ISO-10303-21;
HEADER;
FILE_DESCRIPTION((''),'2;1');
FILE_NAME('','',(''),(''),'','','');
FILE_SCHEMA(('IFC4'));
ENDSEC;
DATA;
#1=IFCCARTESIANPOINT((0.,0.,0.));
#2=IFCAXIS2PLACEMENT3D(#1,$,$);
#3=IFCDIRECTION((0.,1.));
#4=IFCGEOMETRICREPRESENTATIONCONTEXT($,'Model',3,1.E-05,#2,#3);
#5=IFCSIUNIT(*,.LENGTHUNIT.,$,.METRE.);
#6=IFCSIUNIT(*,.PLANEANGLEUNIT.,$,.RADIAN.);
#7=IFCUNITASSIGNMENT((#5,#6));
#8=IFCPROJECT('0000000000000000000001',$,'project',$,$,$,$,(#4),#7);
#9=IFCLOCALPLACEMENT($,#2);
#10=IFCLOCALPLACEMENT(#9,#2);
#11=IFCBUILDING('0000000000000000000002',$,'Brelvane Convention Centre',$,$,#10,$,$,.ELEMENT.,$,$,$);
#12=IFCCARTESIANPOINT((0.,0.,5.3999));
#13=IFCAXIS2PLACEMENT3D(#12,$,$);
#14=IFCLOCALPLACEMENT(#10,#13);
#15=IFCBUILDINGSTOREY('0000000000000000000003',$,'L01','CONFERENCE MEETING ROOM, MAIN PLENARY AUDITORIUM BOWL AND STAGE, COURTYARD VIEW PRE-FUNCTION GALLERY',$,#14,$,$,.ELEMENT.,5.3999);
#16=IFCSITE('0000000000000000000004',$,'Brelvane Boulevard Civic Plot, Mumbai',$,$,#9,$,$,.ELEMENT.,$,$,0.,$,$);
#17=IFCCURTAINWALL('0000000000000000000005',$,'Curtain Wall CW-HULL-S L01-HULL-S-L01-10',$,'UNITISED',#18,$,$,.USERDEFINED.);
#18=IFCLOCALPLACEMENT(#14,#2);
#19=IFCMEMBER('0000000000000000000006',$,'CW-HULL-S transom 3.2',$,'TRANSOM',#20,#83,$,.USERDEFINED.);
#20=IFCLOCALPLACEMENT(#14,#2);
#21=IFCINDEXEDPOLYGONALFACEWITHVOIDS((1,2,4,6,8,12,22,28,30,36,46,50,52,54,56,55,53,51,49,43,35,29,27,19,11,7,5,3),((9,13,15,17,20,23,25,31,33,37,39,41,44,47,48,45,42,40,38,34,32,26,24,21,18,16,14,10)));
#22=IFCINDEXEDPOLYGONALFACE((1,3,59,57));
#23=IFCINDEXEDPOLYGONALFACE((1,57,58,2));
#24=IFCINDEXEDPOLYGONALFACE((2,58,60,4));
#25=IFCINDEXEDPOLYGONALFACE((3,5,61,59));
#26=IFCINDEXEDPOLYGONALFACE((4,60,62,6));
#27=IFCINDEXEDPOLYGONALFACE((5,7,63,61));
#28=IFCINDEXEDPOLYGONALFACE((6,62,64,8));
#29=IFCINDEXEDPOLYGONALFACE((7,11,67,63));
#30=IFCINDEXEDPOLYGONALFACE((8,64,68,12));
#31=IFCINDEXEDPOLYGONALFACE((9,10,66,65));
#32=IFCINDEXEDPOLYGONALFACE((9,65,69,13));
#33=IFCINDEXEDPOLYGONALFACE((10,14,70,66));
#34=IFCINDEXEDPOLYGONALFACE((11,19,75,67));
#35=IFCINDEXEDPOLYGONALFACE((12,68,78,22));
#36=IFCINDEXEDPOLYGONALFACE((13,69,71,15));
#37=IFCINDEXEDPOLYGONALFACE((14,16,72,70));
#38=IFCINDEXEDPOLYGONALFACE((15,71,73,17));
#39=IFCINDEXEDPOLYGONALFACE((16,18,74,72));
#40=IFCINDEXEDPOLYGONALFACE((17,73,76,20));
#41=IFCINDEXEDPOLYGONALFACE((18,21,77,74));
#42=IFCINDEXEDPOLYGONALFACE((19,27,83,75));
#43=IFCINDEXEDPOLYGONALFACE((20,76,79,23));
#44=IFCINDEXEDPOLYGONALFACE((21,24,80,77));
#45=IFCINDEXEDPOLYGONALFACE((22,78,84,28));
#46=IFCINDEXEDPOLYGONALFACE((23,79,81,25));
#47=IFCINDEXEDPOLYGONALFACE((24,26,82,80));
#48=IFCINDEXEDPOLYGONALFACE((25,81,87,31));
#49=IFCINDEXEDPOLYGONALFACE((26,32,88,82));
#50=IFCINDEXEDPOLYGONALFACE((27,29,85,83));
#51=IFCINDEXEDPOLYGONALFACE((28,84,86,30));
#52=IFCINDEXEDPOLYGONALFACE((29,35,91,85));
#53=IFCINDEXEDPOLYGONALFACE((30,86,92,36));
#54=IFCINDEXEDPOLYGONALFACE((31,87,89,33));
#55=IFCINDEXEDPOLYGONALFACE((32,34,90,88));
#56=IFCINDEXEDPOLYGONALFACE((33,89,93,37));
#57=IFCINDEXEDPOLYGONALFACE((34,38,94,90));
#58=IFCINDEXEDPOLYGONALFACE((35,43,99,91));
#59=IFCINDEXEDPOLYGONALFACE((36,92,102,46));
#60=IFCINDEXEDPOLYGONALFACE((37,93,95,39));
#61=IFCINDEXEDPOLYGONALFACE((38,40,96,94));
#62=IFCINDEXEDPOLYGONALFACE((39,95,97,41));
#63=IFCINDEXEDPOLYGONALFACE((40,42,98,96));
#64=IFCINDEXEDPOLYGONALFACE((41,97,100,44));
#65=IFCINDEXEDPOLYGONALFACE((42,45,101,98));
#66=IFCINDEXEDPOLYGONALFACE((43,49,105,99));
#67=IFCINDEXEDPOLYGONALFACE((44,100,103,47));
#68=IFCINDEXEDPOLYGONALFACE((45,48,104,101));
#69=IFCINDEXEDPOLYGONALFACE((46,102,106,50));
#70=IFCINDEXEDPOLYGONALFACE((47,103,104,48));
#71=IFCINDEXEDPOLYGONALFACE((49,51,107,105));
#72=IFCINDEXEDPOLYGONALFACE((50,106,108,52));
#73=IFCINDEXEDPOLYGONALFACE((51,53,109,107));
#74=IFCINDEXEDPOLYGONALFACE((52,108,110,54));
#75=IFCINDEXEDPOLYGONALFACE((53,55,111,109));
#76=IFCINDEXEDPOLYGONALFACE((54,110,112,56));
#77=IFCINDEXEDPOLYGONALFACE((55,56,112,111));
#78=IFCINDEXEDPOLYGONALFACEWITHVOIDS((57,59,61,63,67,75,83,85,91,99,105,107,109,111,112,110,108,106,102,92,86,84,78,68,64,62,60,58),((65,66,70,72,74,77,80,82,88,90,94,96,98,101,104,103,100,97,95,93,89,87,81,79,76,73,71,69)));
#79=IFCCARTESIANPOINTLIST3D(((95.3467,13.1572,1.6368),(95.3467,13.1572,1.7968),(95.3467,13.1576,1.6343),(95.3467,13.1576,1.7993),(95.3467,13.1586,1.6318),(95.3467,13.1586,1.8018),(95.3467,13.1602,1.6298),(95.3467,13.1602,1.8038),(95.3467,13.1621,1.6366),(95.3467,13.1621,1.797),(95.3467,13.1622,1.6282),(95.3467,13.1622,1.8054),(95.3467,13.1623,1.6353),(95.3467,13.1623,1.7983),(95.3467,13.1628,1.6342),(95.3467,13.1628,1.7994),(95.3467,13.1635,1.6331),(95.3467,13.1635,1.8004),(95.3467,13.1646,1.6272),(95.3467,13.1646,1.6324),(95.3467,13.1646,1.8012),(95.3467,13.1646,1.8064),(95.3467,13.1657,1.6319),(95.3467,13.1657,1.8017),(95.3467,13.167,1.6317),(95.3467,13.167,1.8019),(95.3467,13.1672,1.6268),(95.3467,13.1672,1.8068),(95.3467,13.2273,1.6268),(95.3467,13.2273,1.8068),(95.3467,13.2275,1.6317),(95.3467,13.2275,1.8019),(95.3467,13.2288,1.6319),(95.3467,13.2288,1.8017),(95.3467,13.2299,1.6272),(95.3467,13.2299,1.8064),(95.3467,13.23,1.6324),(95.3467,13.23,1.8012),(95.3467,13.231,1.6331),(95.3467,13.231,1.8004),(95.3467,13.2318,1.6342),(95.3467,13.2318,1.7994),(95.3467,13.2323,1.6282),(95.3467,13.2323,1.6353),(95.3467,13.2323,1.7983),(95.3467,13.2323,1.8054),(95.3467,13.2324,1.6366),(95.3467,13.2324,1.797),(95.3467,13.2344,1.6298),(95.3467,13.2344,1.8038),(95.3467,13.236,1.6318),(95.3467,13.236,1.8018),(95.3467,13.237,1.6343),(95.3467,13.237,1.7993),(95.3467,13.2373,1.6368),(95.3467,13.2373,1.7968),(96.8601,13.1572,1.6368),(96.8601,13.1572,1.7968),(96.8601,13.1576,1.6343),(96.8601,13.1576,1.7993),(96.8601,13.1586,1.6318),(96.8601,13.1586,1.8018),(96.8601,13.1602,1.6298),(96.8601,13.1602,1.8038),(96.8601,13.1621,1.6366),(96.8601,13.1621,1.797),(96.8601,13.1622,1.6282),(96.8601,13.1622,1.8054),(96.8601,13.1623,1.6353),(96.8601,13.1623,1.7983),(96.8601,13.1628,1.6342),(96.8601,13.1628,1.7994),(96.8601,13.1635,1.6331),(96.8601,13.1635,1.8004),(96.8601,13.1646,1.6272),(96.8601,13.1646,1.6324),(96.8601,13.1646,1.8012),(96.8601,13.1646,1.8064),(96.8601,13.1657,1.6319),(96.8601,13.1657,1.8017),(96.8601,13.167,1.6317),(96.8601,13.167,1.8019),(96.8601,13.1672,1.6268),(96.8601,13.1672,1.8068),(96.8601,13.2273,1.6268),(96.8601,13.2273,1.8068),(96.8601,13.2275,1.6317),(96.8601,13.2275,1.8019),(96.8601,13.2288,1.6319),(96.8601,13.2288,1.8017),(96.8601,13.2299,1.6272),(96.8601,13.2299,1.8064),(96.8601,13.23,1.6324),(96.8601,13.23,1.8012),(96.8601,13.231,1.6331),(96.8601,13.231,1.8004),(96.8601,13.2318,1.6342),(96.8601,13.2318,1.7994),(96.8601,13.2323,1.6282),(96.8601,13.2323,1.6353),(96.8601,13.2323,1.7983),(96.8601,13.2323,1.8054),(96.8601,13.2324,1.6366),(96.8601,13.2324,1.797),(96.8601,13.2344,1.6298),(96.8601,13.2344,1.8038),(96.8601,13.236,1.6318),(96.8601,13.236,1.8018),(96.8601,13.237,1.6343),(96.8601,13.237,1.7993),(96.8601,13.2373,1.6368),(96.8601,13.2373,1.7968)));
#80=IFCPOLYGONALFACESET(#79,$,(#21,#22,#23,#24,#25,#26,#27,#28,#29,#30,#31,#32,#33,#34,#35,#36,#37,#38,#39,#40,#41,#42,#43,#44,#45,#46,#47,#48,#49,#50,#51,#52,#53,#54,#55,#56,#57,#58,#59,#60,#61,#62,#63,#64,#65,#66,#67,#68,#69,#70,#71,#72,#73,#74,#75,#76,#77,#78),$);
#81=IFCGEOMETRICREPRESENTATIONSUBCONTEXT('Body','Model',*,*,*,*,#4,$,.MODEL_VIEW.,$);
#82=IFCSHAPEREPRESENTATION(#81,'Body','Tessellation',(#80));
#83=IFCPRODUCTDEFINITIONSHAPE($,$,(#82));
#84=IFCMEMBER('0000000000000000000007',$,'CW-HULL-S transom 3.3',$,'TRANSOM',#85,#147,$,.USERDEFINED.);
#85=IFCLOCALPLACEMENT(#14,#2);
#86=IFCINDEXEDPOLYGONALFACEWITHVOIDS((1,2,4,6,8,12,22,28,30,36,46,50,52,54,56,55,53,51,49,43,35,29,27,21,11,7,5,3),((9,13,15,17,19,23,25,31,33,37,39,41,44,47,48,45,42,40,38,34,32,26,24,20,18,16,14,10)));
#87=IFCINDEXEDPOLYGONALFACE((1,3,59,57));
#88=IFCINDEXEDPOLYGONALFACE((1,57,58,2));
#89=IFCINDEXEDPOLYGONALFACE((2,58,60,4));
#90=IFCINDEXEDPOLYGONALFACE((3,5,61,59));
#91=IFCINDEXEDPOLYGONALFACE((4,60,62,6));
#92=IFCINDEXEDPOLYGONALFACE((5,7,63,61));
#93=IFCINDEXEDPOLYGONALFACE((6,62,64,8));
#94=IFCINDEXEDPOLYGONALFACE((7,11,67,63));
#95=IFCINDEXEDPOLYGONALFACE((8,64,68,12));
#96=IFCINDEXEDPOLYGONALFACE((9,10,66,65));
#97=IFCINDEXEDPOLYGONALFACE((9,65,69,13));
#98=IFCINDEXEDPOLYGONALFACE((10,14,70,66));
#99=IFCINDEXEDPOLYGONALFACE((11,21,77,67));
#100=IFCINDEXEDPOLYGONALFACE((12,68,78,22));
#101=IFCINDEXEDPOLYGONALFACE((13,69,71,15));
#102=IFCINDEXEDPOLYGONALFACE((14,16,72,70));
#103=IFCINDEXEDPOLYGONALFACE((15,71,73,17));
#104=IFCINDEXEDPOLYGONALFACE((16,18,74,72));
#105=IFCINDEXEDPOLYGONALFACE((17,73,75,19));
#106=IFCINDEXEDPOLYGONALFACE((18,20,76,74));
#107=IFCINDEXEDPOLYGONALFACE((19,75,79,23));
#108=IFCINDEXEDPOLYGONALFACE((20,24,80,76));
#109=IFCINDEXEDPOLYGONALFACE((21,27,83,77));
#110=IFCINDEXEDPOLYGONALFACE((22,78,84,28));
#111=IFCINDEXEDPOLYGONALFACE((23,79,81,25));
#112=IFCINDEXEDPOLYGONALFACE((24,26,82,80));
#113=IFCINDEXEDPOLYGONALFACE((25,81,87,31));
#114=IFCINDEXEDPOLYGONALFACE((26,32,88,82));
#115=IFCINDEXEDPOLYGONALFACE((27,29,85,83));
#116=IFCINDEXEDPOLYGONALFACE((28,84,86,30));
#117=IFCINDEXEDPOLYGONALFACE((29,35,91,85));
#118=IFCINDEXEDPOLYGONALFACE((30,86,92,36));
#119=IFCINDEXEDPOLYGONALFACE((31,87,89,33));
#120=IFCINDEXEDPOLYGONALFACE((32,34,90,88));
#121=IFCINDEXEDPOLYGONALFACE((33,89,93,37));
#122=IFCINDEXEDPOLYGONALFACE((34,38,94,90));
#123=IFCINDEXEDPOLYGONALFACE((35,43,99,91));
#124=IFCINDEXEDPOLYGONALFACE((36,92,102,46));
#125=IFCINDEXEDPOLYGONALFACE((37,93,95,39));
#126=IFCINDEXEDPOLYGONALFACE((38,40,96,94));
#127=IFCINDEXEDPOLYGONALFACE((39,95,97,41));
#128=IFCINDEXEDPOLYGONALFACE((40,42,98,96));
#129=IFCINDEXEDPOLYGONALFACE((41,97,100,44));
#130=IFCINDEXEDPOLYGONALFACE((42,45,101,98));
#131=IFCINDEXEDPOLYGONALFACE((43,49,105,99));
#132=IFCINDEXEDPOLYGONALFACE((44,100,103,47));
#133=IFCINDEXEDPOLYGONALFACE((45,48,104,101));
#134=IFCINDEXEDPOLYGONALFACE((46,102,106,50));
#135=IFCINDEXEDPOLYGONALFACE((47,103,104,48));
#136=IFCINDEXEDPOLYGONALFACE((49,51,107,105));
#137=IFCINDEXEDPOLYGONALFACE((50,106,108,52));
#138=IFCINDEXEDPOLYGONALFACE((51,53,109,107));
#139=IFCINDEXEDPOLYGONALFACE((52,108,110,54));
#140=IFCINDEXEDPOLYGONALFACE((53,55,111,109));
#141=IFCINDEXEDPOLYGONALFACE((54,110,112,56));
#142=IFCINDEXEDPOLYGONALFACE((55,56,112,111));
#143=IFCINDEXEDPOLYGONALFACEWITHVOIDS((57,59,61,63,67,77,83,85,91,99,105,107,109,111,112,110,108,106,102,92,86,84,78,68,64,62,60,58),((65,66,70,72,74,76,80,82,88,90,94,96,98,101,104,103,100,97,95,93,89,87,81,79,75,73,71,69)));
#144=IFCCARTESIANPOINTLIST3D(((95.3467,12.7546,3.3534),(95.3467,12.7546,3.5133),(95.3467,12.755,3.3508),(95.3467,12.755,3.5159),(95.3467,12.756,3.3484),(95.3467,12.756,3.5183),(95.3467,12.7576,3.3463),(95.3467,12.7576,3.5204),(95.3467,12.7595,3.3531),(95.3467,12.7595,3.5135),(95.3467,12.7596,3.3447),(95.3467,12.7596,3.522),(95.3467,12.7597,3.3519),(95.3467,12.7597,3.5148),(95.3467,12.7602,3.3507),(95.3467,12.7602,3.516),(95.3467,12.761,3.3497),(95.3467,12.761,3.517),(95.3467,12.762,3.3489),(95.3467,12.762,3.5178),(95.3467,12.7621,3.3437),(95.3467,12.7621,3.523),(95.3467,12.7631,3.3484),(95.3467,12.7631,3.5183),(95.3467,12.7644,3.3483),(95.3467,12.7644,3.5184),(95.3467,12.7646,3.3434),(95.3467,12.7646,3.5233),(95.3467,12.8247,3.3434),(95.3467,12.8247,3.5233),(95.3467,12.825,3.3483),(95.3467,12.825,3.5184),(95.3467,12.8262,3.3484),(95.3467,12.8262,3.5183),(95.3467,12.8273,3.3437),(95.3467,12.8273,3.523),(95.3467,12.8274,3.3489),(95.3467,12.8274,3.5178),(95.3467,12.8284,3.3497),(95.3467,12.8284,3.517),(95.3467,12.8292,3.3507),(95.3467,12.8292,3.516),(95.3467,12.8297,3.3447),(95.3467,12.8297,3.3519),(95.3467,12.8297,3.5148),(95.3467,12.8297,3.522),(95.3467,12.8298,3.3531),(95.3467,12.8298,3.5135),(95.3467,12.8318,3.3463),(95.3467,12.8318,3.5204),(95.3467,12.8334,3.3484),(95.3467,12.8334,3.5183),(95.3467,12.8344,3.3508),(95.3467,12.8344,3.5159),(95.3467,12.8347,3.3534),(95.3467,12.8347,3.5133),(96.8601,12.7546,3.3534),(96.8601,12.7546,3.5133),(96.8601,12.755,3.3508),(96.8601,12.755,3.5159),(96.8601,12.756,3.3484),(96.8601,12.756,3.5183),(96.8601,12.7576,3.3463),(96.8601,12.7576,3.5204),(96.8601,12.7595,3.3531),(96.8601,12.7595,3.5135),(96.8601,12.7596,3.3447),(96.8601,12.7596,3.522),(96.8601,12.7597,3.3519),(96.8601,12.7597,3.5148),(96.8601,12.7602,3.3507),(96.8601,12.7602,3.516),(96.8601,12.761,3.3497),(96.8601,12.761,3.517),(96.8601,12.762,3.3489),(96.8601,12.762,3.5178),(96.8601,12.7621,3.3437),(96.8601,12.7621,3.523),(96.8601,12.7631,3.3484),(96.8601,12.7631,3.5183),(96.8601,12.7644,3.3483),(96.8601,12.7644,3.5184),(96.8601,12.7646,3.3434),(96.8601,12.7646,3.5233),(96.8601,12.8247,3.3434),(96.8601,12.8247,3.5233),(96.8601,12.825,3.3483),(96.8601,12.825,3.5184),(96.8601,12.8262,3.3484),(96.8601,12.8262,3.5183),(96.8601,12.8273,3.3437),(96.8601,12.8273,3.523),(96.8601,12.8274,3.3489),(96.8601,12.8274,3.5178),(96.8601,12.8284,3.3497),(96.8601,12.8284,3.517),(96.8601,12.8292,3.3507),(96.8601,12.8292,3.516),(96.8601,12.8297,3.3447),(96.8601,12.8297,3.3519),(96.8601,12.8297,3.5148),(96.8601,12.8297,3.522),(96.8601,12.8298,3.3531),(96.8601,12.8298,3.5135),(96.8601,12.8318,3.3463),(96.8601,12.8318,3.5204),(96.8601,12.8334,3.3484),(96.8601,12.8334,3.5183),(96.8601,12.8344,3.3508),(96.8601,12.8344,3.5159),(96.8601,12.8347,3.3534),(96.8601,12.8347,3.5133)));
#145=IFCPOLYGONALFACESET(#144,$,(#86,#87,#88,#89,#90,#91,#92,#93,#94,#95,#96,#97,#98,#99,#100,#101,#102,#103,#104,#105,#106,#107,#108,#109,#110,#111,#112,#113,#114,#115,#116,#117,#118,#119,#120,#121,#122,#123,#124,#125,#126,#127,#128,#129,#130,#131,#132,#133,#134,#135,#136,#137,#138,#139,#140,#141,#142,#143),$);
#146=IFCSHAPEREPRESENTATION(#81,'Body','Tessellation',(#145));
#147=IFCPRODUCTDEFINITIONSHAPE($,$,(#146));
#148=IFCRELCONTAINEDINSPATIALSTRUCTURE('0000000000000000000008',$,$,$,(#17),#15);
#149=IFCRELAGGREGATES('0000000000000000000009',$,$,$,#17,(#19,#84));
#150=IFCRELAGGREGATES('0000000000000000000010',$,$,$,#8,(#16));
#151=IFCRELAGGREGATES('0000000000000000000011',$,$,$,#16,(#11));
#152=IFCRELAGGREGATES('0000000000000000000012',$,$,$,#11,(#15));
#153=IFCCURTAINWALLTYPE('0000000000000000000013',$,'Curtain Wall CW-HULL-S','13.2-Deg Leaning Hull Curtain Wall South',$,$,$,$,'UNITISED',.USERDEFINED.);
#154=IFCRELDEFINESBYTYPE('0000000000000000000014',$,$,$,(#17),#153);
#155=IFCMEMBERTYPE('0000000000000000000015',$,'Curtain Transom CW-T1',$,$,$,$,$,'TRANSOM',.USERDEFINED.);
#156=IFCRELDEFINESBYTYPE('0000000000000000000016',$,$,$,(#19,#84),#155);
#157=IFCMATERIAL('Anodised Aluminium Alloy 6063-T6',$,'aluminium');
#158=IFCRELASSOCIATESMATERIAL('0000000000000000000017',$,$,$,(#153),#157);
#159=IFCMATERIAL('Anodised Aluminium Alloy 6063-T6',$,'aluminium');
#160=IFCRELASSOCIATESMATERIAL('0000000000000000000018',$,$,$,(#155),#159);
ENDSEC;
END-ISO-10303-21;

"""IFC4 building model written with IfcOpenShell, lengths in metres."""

from ifc_helpers import new_model, si_unit, direction, frame, origin, origin_2d, place, context, subcontext, project, spatial, hollow_rectangle, extrude, material, material_profile, profile_set, type_object, element, aggregate, save


model = new_model("IFC4")

# Units and contexts
model_context = context("Model", 3, precision=1e-05, world=origin(), true_north=direction((0.0, 1.0)))
body_context = subcontext(model_context, "Body", "Model", "MODEL_VIEW")
ifc_project = project(units=[si_unit("LENGTHUNIT", "METRE"), si_unit("PLANEANGLEUNIT", "RADIAN")], contexts=[model_context])

# Site, building, storey
site_placement = place(None, origin())
site = spatial("IfcSite", under=ifc_project, at=site_placement, Name="Brelvane Boulevard Civic Plot, Mumbai", CompositionType="ELEMENT", RefElevation=0.0)
building_placement = place(site_placement, origin())
building = spatial("IfcBuilding", under=site, at=building_placement, Name="Brelvane Convention Centre", CompositionType="ELEMENT")
storey_placement = place(building_placement, frame((0.0, 0.0, 5.3999)))
storey = spatial("IfcBuildingStorey", under=building, at=storey_placement, Name="L01", Description="CONFERENCE MEETING ROOM, MAIN PLENARY AUDITORIUM BOWL AND STAGE, COURTYARD VIEW PRE-FUNCTION GALLERY", CompositionType="ELEMENT", Elevation=5.3999)

# Curtain wall, members
ifc_material_1 = material(Name="Anodised Aluminium Alloy 6063-T6", Category="aluminium")
curtain_wall_type = type_object("IfcCurtainWallType", Name="Curtain Wall CW-HULL-S", Description="13.2-Deg Leaning Hull Curtain Wall South", ElementType="UNITISED", PredefinedType="USERDEFINED", material=ifc_material_1)
ifc_material_2 = material(Name="Anodised Aluminium Alloy 6063-T6", Category="aluminium")
ifc_material_profile = material_profile(ifc_material_2, hollow_rectangle(XDim=0.0801, YDim=0.1799, WallThickness=0.0049, InnerFilletRadius=0.0049, OuterFilletRadius=0.01, at=origin_2d()), Name="ALU-T 180x80x5.0")
ifc_profile_set = profile_set([ifc_material_profile], Name="Anodised Aluminium Alloy 6063-T6")
member_type = type_object("IfcMemberType", Name="Curtain Transom CW-T1", ElementType="TRANSOM", PredefinedType="USERDEFINED", material=ifc_profile_set)
curtain_wall_1_placement = place(storey_placement, origin())
curtain_wall_1 = element("IfcCurtainWall", 1, at=curtain_wall_1_placement, inside=storey, type_object=curtain_wall_type, Name="Curtain Wall CW-HULL-S L01-HULL-S-L01-10", ObjectType="UNITISED", PredefinedType="USERDEFINED")
member_1_placement = place(storey_placement, frame((95.3467, 13.1973, 1.7168), z_axis=(1.0, 0.0, 0.0), x_axis=(0.0, 1.0, 0.0)))
member_1 = element("IfcMember", 2, at=member_1_placement, type_object=member_type, Name="CW-HULL-S transom 3.2", ObjectType="TRANSOM", PredefinedType="USERDEFINED", context=body_context, shape_type="SweptSolid", body=[
    extrude(hollow_rectangle(XDim=0.0801, YDim=0.1799, WallThickness=0.0049, InnerFilletRadius=0.0049, OuterFilletRadius=0.01, at=origin_2d()), origin(), (0.0, 0.0, 1.0), 1.5134),
])
member_2_placement = place(storey_placement, frame((95.3467, 12.7947, 3.4333), z_axis=(1.0, 0.0, 0.0), x_axis=(0.0, 1.0, 0.0)))
member_2 = element("IfcMember", 3, at=member_2_placement, type_object=member_type, Name="CW-HULL-S transom 3.3", ObjectType="TRANSOM", PredefinedType="USERDEFINED", context=body_context, shape_type="SweptSolid", body=[
    extrude(hollow_rectangle(XDim=0.0801, YDim=0.1799, WallThickness=0.0049, InnerFilletRadius=0.0049, OuterFilletRadius=0.01, at=origin_2d()), origin(), (0.0, 0.0, 1.0), 1.5134),
])

aggregate(curtain_wall_1, [member_1, member_2])

save(model, "model.ifc")
